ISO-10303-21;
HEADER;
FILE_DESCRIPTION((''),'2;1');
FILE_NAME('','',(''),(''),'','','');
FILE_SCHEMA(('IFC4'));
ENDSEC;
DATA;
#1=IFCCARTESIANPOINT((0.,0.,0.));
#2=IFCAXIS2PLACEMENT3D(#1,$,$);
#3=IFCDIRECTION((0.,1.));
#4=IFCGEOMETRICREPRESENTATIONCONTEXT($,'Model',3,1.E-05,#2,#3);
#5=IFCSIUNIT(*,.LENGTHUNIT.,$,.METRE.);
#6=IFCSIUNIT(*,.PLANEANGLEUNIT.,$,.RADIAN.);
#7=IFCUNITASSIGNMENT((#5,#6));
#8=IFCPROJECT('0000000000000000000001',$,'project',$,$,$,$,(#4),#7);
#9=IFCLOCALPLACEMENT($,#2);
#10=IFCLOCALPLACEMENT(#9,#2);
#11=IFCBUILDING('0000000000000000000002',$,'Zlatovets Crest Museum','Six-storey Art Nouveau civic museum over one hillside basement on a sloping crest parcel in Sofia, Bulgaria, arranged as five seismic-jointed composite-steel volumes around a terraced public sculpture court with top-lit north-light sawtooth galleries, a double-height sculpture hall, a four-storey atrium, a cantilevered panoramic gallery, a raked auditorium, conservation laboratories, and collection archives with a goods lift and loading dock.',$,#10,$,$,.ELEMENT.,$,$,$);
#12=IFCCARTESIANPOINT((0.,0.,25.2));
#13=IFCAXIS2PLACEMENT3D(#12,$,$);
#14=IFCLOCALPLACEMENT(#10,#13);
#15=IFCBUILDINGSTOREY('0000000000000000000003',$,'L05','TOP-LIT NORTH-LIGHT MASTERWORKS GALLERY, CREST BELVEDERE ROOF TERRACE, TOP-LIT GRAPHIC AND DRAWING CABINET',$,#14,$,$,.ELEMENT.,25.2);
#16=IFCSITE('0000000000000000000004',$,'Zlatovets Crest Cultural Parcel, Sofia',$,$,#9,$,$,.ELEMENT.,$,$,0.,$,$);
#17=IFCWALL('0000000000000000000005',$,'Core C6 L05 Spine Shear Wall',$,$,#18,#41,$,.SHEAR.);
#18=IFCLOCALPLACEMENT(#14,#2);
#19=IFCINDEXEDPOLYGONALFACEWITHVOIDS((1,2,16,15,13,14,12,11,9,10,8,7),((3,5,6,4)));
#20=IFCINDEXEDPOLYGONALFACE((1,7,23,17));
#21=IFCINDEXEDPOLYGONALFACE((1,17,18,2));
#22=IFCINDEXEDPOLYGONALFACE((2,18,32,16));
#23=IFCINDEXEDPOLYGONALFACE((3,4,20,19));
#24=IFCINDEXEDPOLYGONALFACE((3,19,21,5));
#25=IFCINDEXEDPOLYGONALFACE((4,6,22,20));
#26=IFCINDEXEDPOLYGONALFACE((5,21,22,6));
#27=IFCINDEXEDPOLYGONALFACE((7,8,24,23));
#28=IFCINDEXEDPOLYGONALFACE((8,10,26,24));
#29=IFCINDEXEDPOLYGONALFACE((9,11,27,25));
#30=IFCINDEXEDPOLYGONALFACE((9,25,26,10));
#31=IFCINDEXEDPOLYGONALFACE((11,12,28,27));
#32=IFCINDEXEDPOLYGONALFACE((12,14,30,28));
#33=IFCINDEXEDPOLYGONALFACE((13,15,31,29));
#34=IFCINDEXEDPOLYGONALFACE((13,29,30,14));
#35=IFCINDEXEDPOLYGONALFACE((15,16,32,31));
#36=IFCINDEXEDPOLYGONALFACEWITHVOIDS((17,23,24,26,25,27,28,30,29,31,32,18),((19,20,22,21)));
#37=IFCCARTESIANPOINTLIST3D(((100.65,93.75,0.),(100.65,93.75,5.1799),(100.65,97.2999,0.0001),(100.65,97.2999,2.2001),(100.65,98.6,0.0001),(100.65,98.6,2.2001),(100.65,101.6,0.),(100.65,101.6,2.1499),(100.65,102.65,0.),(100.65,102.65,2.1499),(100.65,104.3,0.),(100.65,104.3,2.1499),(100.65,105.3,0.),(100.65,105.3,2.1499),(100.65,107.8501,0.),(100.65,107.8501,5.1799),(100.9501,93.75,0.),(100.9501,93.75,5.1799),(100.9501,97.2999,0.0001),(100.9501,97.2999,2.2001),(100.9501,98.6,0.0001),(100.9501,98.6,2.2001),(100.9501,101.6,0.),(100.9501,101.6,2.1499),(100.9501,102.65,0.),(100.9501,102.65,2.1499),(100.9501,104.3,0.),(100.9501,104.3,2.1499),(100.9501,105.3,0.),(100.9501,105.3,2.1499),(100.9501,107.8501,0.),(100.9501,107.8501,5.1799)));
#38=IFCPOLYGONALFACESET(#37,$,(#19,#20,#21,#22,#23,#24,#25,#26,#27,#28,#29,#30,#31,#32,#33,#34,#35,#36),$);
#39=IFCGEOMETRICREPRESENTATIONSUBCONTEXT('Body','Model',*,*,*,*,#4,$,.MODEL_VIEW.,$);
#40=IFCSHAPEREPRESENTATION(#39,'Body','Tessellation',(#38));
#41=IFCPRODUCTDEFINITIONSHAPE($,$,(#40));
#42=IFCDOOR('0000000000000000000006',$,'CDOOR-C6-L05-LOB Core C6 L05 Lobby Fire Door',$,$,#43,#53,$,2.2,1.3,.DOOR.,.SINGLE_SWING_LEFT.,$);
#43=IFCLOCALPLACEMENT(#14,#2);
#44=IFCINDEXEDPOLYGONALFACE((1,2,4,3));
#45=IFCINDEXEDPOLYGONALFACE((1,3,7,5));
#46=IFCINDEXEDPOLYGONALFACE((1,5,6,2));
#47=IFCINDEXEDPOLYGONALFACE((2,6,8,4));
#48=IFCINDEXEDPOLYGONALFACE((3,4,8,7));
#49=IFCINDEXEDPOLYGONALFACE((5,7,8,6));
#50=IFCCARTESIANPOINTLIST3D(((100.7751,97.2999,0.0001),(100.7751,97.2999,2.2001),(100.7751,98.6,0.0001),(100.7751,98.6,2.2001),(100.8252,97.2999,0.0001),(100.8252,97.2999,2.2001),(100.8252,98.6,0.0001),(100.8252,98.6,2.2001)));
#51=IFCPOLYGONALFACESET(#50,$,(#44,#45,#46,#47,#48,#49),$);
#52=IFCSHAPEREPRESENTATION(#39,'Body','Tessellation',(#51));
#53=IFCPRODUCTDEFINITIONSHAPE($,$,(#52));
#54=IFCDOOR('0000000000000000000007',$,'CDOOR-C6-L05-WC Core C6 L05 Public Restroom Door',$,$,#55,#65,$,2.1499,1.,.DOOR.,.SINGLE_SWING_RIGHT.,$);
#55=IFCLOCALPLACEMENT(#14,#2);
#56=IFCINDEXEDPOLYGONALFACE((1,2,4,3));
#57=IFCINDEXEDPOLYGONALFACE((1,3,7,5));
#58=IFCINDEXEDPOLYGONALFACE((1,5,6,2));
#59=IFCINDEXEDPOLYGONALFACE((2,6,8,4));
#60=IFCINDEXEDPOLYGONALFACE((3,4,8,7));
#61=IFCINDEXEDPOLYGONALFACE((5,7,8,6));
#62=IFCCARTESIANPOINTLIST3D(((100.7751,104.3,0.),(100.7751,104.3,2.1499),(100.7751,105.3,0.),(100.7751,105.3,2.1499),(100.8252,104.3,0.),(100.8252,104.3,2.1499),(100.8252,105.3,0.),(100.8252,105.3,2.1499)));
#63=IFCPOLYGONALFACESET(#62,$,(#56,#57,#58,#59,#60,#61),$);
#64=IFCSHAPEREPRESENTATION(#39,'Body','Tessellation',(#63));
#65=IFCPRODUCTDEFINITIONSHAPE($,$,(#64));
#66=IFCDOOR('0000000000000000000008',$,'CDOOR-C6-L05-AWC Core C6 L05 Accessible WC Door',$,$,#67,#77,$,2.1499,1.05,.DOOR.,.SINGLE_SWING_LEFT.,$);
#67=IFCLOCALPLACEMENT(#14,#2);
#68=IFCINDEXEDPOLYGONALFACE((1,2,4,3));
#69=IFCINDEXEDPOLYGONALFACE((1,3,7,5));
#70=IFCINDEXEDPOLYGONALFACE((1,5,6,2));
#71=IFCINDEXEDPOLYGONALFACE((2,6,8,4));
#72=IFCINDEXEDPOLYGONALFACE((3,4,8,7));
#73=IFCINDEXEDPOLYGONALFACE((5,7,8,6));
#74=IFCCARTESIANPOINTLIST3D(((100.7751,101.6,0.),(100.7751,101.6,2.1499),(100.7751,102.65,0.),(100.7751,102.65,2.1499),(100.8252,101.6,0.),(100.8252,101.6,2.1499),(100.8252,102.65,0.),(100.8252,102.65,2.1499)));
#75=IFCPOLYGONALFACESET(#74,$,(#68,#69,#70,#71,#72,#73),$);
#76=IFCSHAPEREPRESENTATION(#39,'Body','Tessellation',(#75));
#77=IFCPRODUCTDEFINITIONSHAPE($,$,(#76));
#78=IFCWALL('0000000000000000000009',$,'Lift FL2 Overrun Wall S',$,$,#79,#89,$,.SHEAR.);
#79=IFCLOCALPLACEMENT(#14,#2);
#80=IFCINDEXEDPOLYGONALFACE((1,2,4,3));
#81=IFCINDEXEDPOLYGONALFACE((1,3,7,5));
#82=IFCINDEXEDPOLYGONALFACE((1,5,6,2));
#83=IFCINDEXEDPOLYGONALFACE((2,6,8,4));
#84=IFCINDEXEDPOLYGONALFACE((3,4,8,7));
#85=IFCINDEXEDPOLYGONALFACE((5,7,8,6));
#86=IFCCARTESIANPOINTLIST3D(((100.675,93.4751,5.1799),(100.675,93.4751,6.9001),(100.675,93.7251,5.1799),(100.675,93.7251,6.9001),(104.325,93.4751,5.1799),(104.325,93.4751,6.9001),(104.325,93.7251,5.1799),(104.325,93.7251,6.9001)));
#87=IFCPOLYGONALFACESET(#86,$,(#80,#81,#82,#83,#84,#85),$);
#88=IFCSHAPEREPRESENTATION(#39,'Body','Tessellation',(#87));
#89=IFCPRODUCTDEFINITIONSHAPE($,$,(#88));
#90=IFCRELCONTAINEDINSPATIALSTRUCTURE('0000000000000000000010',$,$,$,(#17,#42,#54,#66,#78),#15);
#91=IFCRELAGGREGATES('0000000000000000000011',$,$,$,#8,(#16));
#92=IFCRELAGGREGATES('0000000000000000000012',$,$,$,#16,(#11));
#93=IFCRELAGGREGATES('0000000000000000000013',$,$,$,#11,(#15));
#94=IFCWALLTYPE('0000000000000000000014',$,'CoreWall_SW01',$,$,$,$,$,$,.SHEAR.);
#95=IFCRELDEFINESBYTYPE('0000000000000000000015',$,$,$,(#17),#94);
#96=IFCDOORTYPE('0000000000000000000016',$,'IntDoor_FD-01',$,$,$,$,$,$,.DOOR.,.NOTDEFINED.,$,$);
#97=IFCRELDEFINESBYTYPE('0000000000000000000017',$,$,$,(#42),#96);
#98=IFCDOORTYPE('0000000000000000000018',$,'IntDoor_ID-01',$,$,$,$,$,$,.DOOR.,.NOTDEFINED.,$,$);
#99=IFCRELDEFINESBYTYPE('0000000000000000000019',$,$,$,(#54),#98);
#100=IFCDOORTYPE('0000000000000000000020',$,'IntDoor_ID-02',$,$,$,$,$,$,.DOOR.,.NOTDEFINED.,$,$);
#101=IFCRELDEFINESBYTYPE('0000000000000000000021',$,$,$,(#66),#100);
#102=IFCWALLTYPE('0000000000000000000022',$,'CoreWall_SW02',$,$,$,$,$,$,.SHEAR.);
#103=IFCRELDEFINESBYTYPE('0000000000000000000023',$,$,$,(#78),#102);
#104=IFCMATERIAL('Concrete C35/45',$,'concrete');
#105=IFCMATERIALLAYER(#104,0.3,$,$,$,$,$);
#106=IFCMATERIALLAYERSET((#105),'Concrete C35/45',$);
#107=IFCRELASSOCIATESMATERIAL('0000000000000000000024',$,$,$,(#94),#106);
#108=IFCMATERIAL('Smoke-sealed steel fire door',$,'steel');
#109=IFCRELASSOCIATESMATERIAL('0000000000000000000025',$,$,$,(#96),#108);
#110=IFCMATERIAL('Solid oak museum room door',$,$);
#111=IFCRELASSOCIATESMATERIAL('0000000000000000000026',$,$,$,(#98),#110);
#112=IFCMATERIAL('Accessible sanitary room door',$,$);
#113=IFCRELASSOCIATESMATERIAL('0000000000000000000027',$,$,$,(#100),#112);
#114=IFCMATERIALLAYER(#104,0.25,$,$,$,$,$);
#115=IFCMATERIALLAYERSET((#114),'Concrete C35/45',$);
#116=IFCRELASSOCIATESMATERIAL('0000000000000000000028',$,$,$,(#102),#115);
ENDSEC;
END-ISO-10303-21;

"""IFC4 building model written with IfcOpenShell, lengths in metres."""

from ifc_helpers import new_model, si_unit, direction, frame, frame_2d, origin, place, context, subcontext, project, spatial, rectangle, extrude, material, layer, layer_set, type_object, element, fill, save


model = new_model("IFC4")

# Units and contexts
model_context = context("Model", 3, precision=1e-05, world=origin(), true_north=direction((0.0, 1.0)))
body_context = subcontext(model_context, "Body", "Model", "MODEL_VIEW")
ifc_project = project(units=[si_unit("LENGTHUNIT", "METRE"), si_unit("PLANEANGLEUNIT", "RADIAN")], contexts=[model_context])

# Site, building, storey
site_placement = place(None, origin())
site = spatial("IfcSite", under=ifc_project, at=site_placement, Name="Zlatovets Crest Cultural Parcel, Sofia", CompositionType="ELEMENT", RefElevation=0.0)
building_placement = place(site_placement, origin())
building = spatial("IfcBuilding", under=site, at=building_placement, Name="Zlatovets Crest Museum", Description="Six-storey Art Nouveau civic museum over one hillside basement on a sloping crest parcel in Sofia, Bulgaria, arranged as five seismic-jointed composite-steel volumes around a terraced public sculpture court with top-lit north-light sawtooth galleries, a double-height sculpture hall, a four-storey atrium, a cantilevered panoramic gallery, a raked auditorium, conservation laboratories, and collection archives with a goods lift and loading dock.", CompositionType="ELEMENT")
storey_placement = place(building_placement, frame((0.0, 0.0, 25.2)))
storey = spatial("IfcBuildingStorey", under=building, at=storey_placement, Name="L05", Description="TOP-LIT NORTH-LIGHT MASTERWORKS GALLERY, CREST BELVEDERE ROOF TERRACE, TOP-LIT GRAPHIC AND DRAWING CABINET", CompositionType="ELEMENT", Elevation=25.2)

# Shared definitions
ifc_material_1 = material(Name="Concrete C35/45", Category="concrete")
ifc_layer_1 = layer(ifc_material_1, 0.3)
ifc_layer_set_1 = layer_set([ifc_layer_1], Name="Concrete C35/45")
wall_type_1 = type_object("IfcWallType", Name="CoreWall_SW01", PredefinedType="SHEAR", material=ifc_layer_set_1)

# Wall, openings, doors
wall_1_placement = place(storey_placement, frame((100.8, 93.75, 0.0), z_axis=(0.0, 0.0, 1.0), x_axis=(0.0, 1.0, 0.0)))
wall_1 = element("IfcWall", 1, at=wall_1_placement, inside=storey, type_object=wall_type_1, Name="Core C6 L05 Spine Shear Wall", PredefinedType="SHEAR", context=body_context, shape_type="SweptSolid", body=[
    extrude(rectangle(XDim=14.1001, YDim=0.3, at=frame_2d((7.05, 0.0))), origin(), (0.0, 0.0, 1.0), 5.1799),
])
opening_1_placement = place(wall_1_placement, frame((3.55, 0.0, 0.0)))
opening_1 = element("IfcOpeningElement", 2, at=opening_1_placement, cuts=wall_1, PredefinedType="OPENING", context=body_context, shape_type="SweptSolid", body=[
    extrude(rectangle(XDim=1.3, YDim=2.2, at=frame_2d((0.6499, 1.1001))), frame((0.0, 0.1602, 0.0), z_axis=(0.0, -1.0, 0.0), x_axis=(1.0, 0.0, 0.0)), (0.0, 0.0, 1.0), 0.3201),
])
opening_2_placement = place(wall_1_placement, frame((7.8501, 0.0, 0.0)))
opening_2 = element("IfcOpeningElement", 3, at=opening_2_placement, cuts=wall_1, PredefinedType="OPENING", context=body_context, shape_type="SweptSolid", body=[
    extrude(rectangle(XDim=1.05, YDim=2.1499, at=frame_2d((0.5249, 1.075))), frame((0.0, 0.1602, 0.0), z_axis=(0.0, -1.0, 0.0), x_axis=(1.0, 0.0, 0.0)), (0.0, 0.0, 1.0), 0.3201),
])
opening_3_placement = place(wall_1_placement, frame((10.55, 0.0, 0.0)))
opening_3 = element("IfcOpeningElement", 4, at=opening_3_placement, cuts=wall_1, PredefinedType="OPENING", context=body_context, shape_type="SweptSolid", body=[
    extrude(rectangle(XDim=1.0, YDim=2.1499, at=frame_2d((0.5, 1.075))), frame((0.0, 0.1602, 0.0), z_axis=(0.0, -1.0, 0.0), x_axis=(1.0, 0.0, 0.0)), (0.0, 0.0, 1.0), 0.3201),
])
ifc_material_2 = material(Name="Smoke-sealed steel fire door", Category="steel")
door_type_1 = type_object("IfcDoorType", Name="IntDoor_FD-01", OperationType="NOTDEFINED", PredefinedType="DOOR", material=ifc_material_2)
door_1_placement = place(opening_1_placement, origin())
door_1 = element("IfcDoor", 5, at=door_1_placement, inside=storey, type_object=door_type_1, Name="CDOOR-C6-L05-LOB Core C6 L05 Lobby Fire Door", OperationType="SINGLE_SWING_LEFT", OverallHeight=2.2, OverallWidth=1.3, PredefinedType="DOOR", context=body_context, shape_type="SweptSolid", body=[
    extrude(rectangle(XDim=1.3, YDim=2.2, at=frame_2d((0.6499, 1.1001))), frame((0.0, 0.0249, 0.0), z_axis=(0.0, -1.0, 0.0), x_axis=(1.0, 0.0, 0.0)), (0.0, 0.0, 1.0), 0.05),
])
fill(opening_1, door_1)
ifc_material_3 = material(Name="Solid oak museum room door")
door_type_2 = type_object("IfcDoorType", Name="IntDoor_ID-01", OperationType="NOTDEFINED", PredefinedType="DOOR", material=ifc_material_3)
door_2_placement = place(opening_3_placement, origin())
door_2 = element("IfcDoor", 6, at=door_2_placement, inside=storey, type_object=door_type_2, Name="CDOOR-C6-L05-WC Core C6 L05 Public Restroom Door", OperationType="SINGLE_SWING_RIGHT", OverallHeight=2.1499, OverallWidth=1.0, PredefinedType="DOOR", context=body_context, shape_type="SweptSolid", body=[
    extrude(rectangle(XDim=1.0, YDim=2.1499, at=frame_2d((0.5, 1.075))), frame((0.0, 0.0249, 0.0), z_axis=(0.0, -1.0, 0.0), x_axis=(1.0, 0.0, 0.0)), (0.0, 0.0, 1.0), 0.05),
])
fill(opening_3, door_2)
ifc_material_4 = material(Name="Accessible sanitary room door")
door_type_3 = type_object("IfcDoorType", Name="IntDoor_ID-02", OperationType="NOTDEFINED", PredefinedType="DOOR", material=ifc_material_4)
door_3_placement = place(opening_2_placement, origin())
door_3 = element("IfcDoor", 7, at=door_3_placement, inside=storey, type_object=door_type_3, Name="CDOOR-C6-L05-AWC Core C6 L05 Accessible WC Door", OperationType="SINGLE_SWING_LEFT", OverallHeight=2.1499, OverallWidth=1.05, PredefinedType="DOOR", context=body_context, shape_type="SweptSolid", body=[
    extrude(rectangle(XDim=1.05, YDim=2.1499, at=frame_2d((0.5249, 1.075))), frame((0.0, 0.0249, 0.0), z_axis=(0.0, -1.0, 0.0), x_axis=(1.0, 0.0, 0.0)), (0.0, 0.0, 1.0), 0.05),
])
fill(opening_2, door_3)

# Wall
ifc_layer_2 = layer(ifc_material_1, 0.25)
ifc_layer_set_2 = layer_set([ifc_layer_2], Name="Concrete C35/45")
wall_type_2 = type_object("IfcWallType", Name="CoreWall_SW02", PredefinedType="SHEAR", material=ifc_layer_set_2)
wall_2_placement = place(storey_placement, frame((100.675, 93.6001, 5.1799), z_axis=(0.0, 0.0, 1.0), x_axis=(1.0, 0.0, 0.0)))
element("IfcWall", 8, at=wall_2_placement, inside=storey, type_object=wall_type_2, Name="Lift FL2 Overrun Wall S", PredefinedType="SHEAR", context=body_context, shape_type="SweptSolid", body=[
    extrude(rectangle(XDim=3.6499, YDim=0.25, at=frame_2d((1.825, 0.0))), origin(), (0.0, 0.0, 1.0), 1.7202),
])

save(model, "model.ifc")
